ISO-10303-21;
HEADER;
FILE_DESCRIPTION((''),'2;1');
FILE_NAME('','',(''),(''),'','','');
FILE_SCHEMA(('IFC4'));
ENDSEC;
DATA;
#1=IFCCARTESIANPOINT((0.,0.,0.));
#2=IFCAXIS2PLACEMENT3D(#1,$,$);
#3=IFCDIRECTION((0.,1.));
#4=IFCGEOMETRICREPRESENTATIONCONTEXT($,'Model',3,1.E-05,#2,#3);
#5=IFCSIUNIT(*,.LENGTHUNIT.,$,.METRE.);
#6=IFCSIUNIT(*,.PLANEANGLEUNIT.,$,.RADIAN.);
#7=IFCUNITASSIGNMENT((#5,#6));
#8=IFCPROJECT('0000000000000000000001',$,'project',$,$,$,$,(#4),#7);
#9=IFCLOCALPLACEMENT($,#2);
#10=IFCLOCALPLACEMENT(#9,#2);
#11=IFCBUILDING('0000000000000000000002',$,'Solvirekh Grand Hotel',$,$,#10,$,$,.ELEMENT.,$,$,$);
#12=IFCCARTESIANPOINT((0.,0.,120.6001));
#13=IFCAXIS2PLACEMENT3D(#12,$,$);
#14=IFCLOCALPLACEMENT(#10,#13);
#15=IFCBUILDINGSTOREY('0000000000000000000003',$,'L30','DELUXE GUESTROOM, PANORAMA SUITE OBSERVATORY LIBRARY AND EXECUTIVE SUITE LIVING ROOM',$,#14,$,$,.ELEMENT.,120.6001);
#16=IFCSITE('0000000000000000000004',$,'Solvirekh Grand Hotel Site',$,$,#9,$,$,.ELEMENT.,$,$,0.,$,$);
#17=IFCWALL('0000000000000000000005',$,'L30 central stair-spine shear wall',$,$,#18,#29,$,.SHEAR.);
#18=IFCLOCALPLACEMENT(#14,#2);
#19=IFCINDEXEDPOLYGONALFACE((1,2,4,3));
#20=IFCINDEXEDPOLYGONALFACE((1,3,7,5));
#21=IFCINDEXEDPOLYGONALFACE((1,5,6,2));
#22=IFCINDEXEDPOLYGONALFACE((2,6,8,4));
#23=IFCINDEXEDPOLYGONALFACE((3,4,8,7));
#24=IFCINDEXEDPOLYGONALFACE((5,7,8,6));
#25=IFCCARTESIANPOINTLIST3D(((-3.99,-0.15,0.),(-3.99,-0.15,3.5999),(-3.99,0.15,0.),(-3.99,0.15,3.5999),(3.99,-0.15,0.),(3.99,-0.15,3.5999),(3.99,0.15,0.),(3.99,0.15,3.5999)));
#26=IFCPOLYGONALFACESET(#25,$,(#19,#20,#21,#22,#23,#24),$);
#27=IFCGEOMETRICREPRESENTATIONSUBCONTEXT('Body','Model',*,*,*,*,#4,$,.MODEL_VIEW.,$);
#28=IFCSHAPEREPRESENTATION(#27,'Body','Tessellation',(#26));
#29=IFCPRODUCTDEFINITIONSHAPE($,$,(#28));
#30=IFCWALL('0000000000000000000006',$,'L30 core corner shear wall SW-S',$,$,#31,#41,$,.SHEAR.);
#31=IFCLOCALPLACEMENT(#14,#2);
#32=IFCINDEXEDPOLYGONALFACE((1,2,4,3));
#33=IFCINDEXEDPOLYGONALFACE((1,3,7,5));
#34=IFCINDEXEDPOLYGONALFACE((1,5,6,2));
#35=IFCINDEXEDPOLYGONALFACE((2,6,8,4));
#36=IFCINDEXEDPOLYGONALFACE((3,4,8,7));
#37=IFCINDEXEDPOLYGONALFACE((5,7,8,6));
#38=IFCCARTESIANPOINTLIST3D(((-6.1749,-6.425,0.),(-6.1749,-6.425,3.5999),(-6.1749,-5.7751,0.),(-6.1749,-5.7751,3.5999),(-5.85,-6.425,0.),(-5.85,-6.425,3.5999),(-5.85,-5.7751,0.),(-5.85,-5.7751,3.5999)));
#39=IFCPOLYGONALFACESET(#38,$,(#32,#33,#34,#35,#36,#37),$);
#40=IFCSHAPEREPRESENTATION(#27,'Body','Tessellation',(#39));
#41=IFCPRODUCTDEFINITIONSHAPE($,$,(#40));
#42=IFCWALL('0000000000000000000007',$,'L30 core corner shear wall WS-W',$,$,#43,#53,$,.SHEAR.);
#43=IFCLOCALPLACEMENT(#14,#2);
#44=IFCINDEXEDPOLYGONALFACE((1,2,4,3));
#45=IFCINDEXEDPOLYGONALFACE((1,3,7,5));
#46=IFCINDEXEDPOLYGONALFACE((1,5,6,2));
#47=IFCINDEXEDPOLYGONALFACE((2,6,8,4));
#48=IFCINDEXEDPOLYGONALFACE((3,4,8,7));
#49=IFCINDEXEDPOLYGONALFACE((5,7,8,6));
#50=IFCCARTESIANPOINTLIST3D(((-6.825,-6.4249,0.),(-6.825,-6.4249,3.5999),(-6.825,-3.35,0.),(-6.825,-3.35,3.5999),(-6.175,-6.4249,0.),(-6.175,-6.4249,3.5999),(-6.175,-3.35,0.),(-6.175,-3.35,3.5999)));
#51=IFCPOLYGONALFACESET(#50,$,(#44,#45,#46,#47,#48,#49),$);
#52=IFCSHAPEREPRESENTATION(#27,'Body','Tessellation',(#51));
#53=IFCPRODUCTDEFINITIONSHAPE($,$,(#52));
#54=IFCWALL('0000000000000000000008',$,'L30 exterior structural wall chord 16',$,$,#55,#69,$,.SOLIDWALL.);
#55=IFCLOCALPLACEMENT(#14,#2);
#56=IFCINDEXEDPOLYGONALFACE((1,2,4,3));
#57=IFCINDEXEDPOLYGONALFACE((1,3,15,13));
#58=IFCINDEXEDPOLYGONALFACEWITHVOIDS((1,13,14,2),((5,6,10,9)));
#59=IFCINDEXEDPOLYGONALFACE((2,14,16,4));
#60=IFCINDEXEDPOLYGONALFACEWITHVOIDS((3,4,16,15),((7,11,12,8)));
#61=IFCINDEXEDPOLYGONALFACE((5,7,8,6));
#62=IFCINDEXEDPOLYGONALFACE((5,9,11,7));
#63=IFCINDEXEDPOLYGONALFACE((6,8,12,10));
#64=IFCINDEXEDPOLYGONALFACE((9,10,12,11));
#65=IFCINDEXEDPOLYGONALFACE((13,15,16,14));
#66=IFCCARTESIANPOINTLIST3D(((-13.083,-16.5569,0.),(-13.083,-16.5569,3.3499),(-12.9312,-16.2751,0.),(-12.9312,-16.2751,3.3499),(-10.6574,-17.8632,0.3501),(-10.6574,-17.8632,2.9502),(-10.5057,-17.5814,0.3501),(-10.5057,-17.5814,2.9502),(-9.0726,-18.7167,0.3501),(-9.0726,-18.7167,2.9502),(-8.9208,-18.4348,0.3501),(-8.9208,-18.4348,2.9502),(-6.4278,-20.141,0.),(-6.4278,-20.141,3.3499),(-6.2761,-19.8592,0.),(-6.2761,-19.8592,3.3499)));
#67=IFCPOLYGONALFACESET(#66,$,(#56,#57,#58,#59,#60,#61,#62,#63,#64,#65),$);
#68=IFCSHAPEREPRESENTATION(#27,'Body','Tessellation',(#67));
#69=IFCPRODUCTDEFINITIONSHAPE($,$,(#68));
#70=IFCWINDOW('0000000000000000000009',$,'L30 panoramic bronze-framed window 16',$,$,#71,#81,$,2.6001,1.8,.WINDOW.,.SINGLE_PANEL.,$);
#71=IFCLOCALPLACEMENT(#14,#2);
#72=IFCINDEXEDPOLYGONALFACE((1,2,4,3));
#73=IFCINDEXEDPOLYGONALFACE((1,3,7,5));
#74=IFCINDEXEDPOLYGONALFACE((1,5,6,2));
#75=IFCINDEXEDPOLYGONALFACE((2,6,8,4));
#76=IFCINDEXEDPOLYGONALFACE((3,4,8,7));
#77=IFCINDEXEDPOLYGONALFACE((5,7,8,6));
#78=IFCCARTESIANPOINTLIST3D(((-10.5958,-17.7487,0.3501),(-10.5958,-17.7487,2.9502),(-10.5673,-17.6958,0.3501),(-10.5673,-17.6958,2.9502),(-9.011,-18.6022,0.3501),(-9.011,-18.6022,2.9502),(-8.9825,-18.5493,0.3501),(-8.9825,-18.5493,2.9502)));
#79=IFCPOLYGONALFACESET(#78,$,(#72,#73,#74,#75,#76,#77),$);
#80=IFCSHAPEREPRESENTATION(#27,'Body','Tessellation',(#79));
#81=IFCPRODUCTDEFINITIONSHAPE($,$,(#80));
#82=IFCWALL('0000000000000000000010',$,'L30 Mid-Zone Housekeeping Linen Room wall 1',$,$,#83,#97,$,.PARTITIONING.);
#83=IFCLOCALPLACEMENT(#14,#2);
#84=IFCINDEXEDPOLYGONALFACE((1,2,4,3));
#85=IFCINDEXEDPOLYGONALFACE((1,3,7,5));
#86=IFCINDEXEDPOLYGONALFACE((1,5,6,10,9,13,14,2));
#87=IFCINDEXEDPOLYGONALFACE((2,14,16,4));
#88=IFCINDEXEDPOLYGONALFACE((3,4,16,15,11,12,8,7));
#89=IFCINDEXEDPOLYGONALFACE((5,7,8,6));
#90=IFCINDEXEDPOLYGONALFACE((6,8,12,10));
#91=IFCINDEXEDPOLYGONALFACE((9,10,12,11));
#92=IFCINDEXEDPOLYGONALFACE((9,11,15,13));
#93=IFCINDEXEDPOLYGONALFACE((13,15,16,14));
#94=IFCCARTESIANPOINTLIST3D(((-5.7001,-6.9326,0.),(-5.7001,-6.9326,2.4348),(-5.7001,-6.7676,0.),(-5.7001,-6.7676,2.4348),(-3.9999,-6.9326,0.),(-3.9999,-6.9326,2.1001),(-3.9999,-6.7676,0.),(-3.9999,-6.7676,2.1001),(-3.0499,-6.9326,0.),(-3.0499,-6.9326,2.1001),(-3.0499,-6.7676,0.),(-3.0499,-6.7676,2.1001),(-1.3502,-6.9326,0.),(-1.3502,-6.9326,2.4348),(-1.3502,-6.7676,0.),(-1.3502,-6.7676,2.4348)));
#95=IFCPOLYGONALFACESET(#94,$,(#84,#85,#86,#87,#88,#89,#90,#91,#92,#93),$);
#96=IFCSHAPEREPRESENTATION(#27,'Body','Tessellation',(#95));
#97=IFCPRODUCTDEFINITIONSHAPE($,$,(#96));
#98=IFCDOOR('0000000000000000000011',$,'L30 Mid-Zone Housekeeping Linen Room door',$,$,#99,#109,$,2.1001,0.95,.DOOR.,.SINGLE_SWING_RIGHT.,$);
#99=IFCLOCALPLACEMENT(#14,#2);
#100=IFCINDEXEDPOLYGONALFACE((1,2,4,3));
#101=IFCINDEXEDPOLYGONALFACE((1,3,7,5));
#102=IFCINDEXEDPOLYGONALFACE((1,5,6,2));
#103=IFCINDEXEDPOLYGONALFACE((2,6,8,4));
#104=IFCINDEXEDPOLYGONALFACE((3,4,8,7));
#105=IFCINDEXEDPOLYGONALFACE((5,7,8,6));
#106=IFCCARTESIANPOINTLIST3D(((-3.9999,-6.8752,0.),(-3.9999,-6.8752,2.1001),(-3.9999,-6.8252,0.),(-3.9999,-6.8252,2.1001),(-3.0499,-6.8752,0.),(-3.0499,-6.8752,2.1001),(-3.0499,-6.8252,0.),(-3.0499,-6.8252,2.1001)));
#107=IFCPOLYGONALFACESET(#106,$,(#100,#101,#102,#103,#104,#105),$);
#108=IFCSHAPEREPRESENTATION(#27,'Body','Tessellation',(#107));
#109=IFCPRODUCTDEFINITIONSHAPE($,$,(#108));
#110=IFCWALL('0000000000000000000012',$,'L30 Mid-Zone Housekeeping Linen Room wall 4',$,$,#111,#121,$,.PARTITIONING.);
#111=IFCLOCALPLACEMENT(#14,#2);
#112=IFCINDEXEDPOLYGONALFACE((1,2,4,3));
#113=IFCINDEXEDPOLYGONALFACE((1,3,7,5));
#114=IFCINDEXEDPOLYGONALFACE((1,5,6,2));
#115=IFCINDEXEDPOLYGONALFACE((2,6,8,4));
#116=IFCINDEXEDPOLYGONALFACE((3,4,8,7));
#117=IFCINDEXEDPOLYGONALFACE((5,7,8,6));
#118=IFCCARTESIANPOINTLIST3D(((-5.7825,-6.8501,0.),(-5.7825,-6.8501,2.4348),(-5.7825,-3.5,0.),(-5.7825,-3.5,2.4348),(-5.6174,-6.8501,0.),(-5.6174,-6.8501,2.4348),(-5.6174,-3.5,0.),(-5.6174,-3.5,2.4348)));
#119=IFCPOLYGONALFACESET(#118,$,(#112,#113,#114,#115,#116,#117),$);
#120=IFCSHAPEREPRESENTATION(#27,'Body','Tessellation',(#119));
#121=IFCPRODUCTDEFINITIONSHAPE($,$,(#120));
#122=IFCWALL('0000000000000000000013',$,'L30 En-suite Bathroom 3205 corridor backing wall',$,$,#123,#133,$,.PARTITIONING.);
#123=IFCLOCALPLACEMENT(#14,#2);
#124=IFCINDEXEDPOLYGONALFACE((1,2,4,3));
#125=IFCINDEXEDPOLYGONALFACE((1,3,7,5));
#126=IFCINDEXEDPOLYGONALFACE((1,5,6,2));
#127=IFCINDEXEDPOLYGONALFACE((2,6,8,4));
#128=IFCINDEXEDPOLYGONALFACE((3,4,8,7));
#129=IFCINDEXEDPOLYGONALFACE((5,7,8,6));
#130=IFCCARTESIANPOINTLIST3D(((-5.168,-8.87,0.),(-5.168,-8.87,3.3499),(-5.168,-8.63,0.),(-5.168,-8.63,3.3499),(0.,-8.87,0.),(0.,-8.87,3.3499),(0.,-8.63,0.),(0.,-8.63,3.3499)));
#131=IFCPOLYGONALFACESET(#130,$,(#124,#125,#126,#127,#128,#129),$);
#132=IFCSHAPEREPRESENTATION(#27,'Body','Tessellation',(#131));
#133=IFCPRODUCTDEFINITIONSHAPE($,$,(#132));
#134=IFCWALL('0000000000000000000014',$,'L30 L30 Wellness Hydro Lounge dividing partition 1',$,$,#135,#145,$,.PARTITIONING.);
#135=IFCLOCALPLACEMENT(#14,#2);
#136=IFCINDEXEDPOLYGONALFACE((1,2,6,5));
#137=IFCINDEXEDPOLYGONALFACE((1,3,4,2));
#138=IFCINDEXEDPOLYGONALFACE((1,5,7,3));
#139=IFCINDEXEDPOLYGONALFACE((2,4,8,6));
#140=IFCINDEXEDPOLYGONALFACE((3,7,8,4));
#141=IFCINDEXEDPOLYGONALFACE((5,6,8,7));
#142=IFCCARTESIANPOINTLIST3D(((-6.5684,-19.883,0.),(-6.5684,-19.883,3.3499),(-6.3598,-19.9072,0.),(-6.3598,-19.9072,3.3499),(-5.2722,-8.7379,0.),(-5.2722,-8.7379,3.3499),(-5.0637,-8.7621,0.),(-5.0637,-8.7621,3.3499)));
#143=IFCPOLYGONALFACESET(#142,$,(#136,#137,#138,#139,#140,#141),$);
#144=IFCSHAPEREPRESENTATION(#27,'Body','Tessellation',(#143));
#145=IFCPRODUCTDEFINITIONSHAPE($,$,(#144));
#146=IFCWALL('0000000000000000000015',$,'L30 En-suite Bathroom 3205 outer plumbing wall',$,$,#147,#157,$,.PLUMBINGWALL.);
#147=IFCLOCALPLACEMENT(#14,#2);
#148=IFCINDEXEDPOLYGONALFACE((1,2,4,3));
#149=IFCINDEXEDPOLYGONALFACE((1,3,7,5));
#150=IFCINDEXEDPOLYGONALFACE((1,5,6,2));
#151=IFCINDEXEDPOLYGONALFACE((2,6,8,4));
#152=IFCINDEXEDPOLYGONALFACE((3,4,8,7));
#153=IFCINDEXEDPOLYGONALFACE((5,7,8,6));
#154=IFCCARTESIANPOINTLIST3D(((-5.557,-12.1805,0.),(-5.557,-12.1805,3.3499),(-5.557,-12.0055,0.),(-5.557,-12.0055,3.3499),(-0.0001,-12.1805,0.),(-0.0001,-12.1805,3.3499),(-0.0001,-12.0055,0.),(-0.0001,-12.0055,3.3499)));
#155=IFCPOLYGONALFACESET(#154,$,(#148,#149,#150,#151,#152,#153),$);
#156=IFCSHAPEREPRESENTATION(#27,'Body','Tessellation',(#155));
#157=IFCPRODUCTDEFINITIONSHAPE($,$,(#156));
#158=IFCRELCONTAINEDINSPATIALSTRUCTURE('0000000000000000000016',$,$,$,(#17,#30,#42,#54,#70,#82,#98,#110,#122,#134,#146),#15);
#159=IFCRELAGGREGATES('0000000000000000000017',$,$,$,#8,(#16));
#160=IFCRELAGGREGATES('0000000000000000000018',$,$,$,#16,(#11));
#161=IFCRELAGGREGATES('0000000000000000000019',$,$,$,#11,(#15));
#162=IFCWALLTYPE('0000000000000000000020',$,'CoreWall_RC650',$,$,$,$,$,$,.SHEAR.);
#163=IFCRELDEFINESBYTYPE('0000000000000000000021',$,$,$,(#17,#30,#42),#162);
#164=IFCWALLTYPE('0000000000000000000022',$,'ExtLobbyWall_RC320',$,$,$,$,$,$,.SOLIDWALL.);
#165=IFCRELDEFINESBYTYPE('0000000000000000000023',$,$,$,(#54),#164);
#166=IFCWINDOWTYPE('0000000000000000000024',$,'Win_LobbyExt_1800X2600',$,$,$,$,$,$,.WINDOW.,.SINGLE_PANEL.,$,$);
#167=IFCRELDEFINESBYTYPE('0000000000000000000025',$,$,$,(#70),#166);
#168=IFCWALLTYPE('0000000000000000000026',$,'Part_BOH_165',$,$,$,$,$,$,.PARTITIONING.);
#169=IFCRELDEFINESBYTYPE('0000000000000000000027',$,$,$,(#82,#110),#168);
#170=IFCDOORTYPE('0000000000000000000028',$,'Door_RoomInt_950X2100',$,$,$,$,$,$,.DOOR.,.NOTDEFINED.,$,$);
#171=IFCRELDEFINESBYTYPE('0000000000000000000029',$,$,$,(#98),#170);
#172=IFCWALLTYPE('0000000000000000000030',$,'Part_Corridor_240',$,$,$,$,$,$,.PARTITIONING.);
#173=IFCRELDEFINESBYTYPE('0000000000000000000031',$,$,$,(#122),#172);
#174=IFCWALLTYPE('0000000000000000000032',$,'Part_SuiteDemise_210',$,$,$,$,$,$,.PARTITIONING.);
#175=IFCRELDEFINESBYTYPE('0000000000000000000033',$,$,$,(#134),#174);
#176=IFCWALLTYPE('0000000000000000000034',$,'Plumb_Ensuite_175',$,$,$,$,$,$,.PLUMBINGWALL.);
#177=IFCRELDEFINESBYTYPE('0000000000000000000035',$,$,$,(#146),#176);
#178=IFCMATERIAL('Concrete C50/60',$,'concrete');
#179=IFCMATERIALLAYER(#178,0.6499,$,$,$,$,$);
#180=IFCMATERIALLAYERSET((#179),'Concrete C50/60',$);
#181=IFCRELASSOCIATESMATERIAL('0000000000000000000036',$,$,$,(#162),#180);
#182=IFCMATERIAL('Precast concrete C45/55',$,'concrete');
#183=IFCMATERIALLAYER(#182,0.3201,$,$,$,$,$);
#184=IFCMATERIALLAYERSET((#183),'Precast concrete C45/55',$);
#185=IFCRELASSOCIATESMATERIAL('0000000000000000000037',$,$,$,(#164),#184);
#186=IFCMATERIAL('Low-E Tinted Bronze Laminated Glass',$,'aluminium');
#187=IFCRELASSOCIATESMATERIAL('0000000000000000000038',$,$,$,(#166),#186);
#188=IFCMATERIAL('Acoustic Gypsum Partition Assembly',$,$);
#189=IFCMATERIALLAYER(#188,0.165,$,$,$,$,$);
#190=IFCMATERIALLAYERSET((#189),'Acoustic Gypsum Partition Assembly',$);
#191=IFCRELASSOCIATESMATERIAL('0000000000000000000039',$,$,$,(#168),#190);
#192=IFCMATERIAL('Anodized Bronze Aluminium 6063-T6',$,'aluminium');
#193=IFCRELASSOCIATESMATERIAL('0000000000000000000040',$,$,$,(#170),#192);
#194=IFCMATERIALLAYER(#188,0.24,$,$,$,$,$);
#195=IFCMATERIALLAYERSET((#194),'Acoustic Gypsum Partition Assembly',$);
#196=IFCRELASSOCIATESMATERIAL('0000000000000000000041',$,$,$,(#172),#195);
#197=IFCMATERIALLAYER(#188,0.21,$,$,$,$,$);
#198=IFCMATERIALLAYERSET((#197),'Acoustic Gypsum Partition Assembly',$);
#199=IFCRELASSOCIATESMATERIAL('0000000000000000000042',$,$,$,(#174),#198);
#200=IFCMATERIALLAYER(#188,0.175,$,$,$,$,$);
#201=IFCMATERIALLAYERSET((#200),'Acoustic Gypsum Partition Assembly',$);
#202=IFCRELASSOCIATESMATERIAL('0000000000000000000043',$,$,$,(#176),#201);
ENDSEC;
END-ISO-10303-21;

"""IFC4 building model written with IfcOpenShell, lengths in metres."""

from ifc_helpers import new_model, si_unit, direction, frame, frame_2d, origin, place, context, subcontext, project, spatial, rectangle, extrude, material, layer, layer_set, type_object, element, fill, save


model = new_model("IFC4")

# Units and contexts
model_context = context("Model", 3, precision=1e-05, world=origin(), true_north=direction((0.0, 1.0)))
body_context = subcontext(model_context, "Body", "Model", "MODEL_VIEW")
ifc_project = project(units=[si_unit("LENGTHUNIT", "METRE"), si_unit("PLANEANGLEUNIT", "RADIAN")], contexts=[model_context])

# Site, building, storey
site_placement = place(None, origin())
site = spatial("IfcSite", under=ifc_project, at=site_placement, Name="Solvirekh Grand Hotel Site", CompositionType="ELEMENT", RefElevation=0.0)
building_placement = place(site_placement, origin())
building = spatial("IfcBuilding", under=site, at=building_placement, Name="Solvirekh Grand Hotel", CompositionType="ELEMENT")
storey_placement = place(building_placement, frame((0.0, 0.0, 120.6001)))
storey = spatial("IfcBuildingStorey", under=building, at=storey_placement, Name="L30", Description="DELUXE GUESTROOM, PANORAMA SUITE OBSERVATORY LIBRARY AND EXECUTIVE SUITE LIVING ROOM", CompositionType="ELEMENT", Elevation=120.6001)

# Shared definitions
ifc_material_1 = material(Name="Concrete C50/60", Category="concrete")

# Walls
ifc_layer_1 = layer(ifc_material_1, 0.6499)
ifc_layer_set_1 = layer_set([ifc_layer_1], Name="Concrete C50/60")
wall_type_1 = type_object("IfcWallType", Name="CoreWall_RC650", PredefinedType="SHEAR", material=ifc_layer_set_1)
wall_1_placement = place(storey_placement, frame((-3.99, 0.0, 0.0), z_axis=(0.0, 0.0, 1.0), x_axis=(1.0, 0.0, 0.0)))
element("IfcWall", 1, at=wall_1_placement, inside=storey, type_object=wall_type_1, Name="L30 central stair-spine shear wall", PredefinedType="SHEAR", context=body_context, shape_type="SweptSolid", body=[
    extrude(rectangle(XDim=7.98, YDim=0.3, at=frame_2d((3.99, 0.0))), origin(), (0.0, 0.0, 1.0), 3.5999),
])
wall_2_placement = place(storey_placement, frame((-6.175, -6.1001, 0.0), z_axis=(0.0, 0.0, 1.0), x_axis=(1.0, 0.0, 0.0)))
element("IfcWall", 2, at=wall_2_placement, inside=storey, type_object=wall_type_1, Name="L30 core corner shear wall SW-S", PredefinedType="SHEAR", context=body_context, shape_type="SweptSolid", body=[
    extrude(rectangle(XDim=0.325, YDim=0.6499, at=frame_2d((0.1626, 0.0))), origin(), (0.0, 0.0, 1.0), 3.5999),
])
wall_3_placement = place(storey_placement, frame((-6.5, -6.425, 0.0), z_axis=(0.0, 0.0, 1.0), x_axis=(0.0, 1.0, 0.0)))
element("IfcWall", 3, at=wall_3_placement, inside=storey, type_object=wall_type_1, Name="L30 core corner shear wall WS-W", PredefinedType="SHEAR", context=body_context, shape_type="SweptSolid", body=[
    extrude(rectangle(XDim=3.075, YDim=0.6499, at=frame_2d((1.5376, 0.0))), origin(), (0.0, 0.0, 1.0), 3.5999),
])

# Wall, opening, window
ifc_material_2 = material(Name="Precast concrete C45/55", Category="concrete")
ifc_layer_2 = layer(ifc_material_2, 0.3201)
ifc_layer_set_2 = layer_set([ifc_layer_2], Name="Precast concrete C45/55")
wall_type_2 = type_object("IfcWallType", Name="ExtLobbyWall_RC320", PredefinedType="SOLIDWALL", material=ifc_layer_set_2)
wall_4_placement = place(storey_placement, frame((-6.3521, -20.0, 0.0), z_axis=(0.0, 0.0, 1.0), x_axis=(-0.880443, 0.474152, 0.0)))
wall_4 = element("IfcWall", 4, at=wall_4_placement, inside=storey, type_object=wall_type_2, Name="L30 exterior structural wall chord 16", PredefinedType="SOLIDWALL", context=body_context, shape_type="SweptSolid", body=[
    extrude(rectangle(XDim=7.5588, YDim=0.3201, at=frame_2d((3.7793, 0.0))), origin(), (0.0, 0.0, 1.0), 3.3499),
])
opening_1_placement = place(wall_4_placement, frame((3.0039, 0.0, 0.3501)))
opening_1 = element("IfcOpeningElement", 5, at=opening_1_placement, cuts=wall_4, PredefinedType="OPENING", context=body_context, shape_type="SweptSolid", body=[
    extrude(rectangle(XDim=1.8, YDim=2.6001, at=frame_2d((0.8999, 1.3))), frame((0.0, 0.1699, 0.0), z_axis=(0.0, -1.0, 0.0), x_axis=(1.0, 0.0, 0.0)), (0.0, 0.0, 1.0), 0.3401),
])
ifc_material_3 = material(Name="Low-E Tinted Bronze Laminated Glass", Category="aluminium")
window_type = type_object("IfcWindowType", Name="Win_LobbyExt_1800X2600", PartitioningType="SINGLE_PANEL", PredefinedType="WINDOW", material=ifc_material_3)
window_placement = place(opening_1_placement, origin())
window = element("IfcWindow", 6, at=window_placement, inside=storey, type_object=window_type, Name="L30 panoramic bronze-framed window 16", OverallHeight=2.6001, OverallWidth=1.8, PartitioningType="SINGLE_PANEL", PredefinedType="WINDOW", context=body_context, shape_type="SweptSolid", body=[
    extrude(rectangle(XDim=1.8, YDim=2.6001, at=frame_2d((0.8999, 1.3))), frame((0.0, 0.03, 0.0), z_axis=(0.0, -1.0, 0.0), x_axis=(1.0, 0.0, 0.0)), (0.0, 0.0, 1.0), 0.0601),
])
fill(opening_1, window)

# Wall, opening, door
ifc_material_4 = material(Name="Acoustic Gypsum Partition Assembly")
ifc_layer_3 = layer(ifc_material_4, 0.165)
ifc_layer_set_3 = layer_set([ifc_layer_3], Name="Acoustic Gypsum Partition Assembly")
wall_type_3 = type_object("IfcWallType", Name="Part_BOH_165", PredefinedType="PARTITIONING", material=ifc_layer_set_3)
wall_5_placement = place(storey_placement, frame((-5.7, -6.8501, 0.0), z_axis=(0.0, 0.0, 1.0), x_axis=(1.0, 0.0, 0.0)))
wall_5 = element("IfcWall", 7, at=wall_5_placement, inside=storey, type_object=wall_type_3, Name="L30 Mid-Zone Housekeeping Linen Room wall 1", PredefinedType="PARTITIONING", context=body_context, shape_type="SweptSolid", body=[
    extrude(rectangle(XDim=4.3499, YDim=0.165, at=frame_2d((2.1748, 0.0))), origin(), (0.0, 0.0, 1.0), 2.4348),
])
opening_2_placement = place(wall_5_placement, frame((1.7, 0.0, 0.0)))
opening_2 = element("IfcOpeningElement", 8, at=opening_2_placement, cuts=wall_5, PredefinedType="OPENING", context=body_context, shape_type="SweptSolid", body=[
    extrude(rectangle(XDim=0.95, YDim=2.1001, at=frame_2d((0.4751, 1.05))), frame((0.0, 0.0925, 0.0), z_axis=(0.0, -1.0, 0.0), x_axis=(1.0, 0.0, 0.0)), (0.0, 0.0, 1.0), 0.1851),
])
ifc_material_5 = material(Name="Anodized Bronze Aluminium 6063-T6", Category="aluminium")
door_type_1 = type_object("IfcDoorType", Name="Door_RoomInt_950X2100", OperationType="NOTDEFINED", PredefinedType="DOOR", material=ifc_material_5)
door_1_placement = place(opening_2_placement, origin())
door_1 = element("IfcDoor", 9, at=door_1_placement, inside=storey, type_object=door_type_1, Name="L30 Mid-Zone Housekeeping Linen Room door", OperationType="SINGLE_SWING_RIGHT", OverallHeight=2.1001, OverallWidth=0.95, PredefinedType="DOOR", context=body_context, shape_type="SweptSolid", body=[
    extrude(rectangle(XDim=0.95, YDim=2.1001, at=frame_2d((0.4751, 1.05))), frame((0.0, 0.0249, 0.0), z_axis=(0.0, -1.0, 0.0), x_axis=(1.0, 0.0, 0.0)), (0.0, 0.0, 1.0), 0.05),
])
fill(opening_2, door_1)

# Walls
wall_6_placement = place(storey_placement, frame((-5.7, -3.5, 0.0), z_axis=(0.0, 0.0, 1.0), x_axis=(0.0, -1.0, 0.0)))
element("IfcWall", 10, at=wall_6_placement, inside=storey, type_object=wall_type_3, Name="L30 Mid-Zone Housekeeping Linen Room wall 4", PredefinedType="PARTITIONING", context=body_context, shape_type="SweptSolid", body=[
    extrude(rectangle(XDim=3.3501, YDim=0.165, at=frame_2d((1.675, 0.0))), origin(), (0.0, 0.0, 1.0), 2.4348),
])
ifc_layer_4 = layer(ifc_material_4, 0.24)
ifc_layer_set_4 = layer_set([ifc_layer_4], Name="Acoustic Gypsum Partition Assembly")
wall_type_4 = type_object("IfcWallType", Name="Part_Corridor_240", PredefinedType="PARTITIONING", material=ifc_layer_set_4)
wall_7_placement = place(storey_placement, frame((-5.168, -8.75, 0.0), z_axis=(0.0, 0.0, 1.0), x_axis=(1.0, 0.0, 0.0)))
element("IfcWall", 11, at=wall_7_placement, inside=storey, type_object=wall_type_4, Name="L30 En-suite Bathroom 3205 corridor backing wall", PredefinedType="PARTITIONING", context=body_context, shape_type="SweptSolid", body=[
    extrude(rectangle(XDim=5.168, YDim=0.24, at=frame_2d((2.584, 0.0))), origin(), (0.0, 0.0, 1.0), 3.3499),
])
ifc_layer_5 = layer(ifc_material_4, 0.21)
ifc_layer_set_5 = layer_set([ifc_layer_5], Name="Acoustic Gypsum Partition Assembly")
wall_type_5 = type_object("IfcWallType", Name="Part_SuiteDemise_210", PredefinedType="PARTITIONING", material=ifc_layer_set_5)
wall_8_placement = place(storey_placement, frame((-5.168, -8.75, 0.0), z_axis=(0.0, 0.0, 1.0), x_axis=(-0.115519, -0.993305, 0.0)))
element("IfcWall", 12, at=wall_8_placement, inside=storey, type_object=wall_type_5, Name="L30 L30 Wellness Hydro Lounge dividing partition 1", PredefinedType="PARTITIONING", context=body_context, shape_type="SweptSolid", body=[
    extrude(rectangle(XDim=11.2202, YDim=0.21, at=frame_2d((5.6101, 0.0))), origin(), (0.0, 0.0, 1.0), 3.3499),
])
ifc_layer_6 = layer(ifc_material_4, 0.175)
ifc_layer_set_6 = layer_set([ifc_layer_6], Name="Acoustic Gypsum Partition Assembly")
wall_type_6 = type_object("IfcWallType", Name="Plumb_Ensuite_175", PredefinedType="PLUMBINGWALL", material=ifc_layer_set_6)
wall_9_placement = place(storey_placement, frame((-5.5569, -12.093, 0.0), z_axis=(0.0, 0.0, 1.0), x_axis=(1.0, 0.0, 0.0)))
element("IfcWall", 13, at=wall_9_placement, inside=storey, type_object=wall_type_6, Name="L30 En-suite Bathroom 3205 outer plumbing wall", PredefinedType="PLUMBINGWALL", context=body_context, shape_type="SweptSolid", body=[
    extrude(rectangle(XDim=5.5569, YDim=0.175, at=frame_2d((2.7783, 0.0))), origin(), (0.0, 0.0, 1.0), 3.3499),
])

save(model, "model.ifc")
